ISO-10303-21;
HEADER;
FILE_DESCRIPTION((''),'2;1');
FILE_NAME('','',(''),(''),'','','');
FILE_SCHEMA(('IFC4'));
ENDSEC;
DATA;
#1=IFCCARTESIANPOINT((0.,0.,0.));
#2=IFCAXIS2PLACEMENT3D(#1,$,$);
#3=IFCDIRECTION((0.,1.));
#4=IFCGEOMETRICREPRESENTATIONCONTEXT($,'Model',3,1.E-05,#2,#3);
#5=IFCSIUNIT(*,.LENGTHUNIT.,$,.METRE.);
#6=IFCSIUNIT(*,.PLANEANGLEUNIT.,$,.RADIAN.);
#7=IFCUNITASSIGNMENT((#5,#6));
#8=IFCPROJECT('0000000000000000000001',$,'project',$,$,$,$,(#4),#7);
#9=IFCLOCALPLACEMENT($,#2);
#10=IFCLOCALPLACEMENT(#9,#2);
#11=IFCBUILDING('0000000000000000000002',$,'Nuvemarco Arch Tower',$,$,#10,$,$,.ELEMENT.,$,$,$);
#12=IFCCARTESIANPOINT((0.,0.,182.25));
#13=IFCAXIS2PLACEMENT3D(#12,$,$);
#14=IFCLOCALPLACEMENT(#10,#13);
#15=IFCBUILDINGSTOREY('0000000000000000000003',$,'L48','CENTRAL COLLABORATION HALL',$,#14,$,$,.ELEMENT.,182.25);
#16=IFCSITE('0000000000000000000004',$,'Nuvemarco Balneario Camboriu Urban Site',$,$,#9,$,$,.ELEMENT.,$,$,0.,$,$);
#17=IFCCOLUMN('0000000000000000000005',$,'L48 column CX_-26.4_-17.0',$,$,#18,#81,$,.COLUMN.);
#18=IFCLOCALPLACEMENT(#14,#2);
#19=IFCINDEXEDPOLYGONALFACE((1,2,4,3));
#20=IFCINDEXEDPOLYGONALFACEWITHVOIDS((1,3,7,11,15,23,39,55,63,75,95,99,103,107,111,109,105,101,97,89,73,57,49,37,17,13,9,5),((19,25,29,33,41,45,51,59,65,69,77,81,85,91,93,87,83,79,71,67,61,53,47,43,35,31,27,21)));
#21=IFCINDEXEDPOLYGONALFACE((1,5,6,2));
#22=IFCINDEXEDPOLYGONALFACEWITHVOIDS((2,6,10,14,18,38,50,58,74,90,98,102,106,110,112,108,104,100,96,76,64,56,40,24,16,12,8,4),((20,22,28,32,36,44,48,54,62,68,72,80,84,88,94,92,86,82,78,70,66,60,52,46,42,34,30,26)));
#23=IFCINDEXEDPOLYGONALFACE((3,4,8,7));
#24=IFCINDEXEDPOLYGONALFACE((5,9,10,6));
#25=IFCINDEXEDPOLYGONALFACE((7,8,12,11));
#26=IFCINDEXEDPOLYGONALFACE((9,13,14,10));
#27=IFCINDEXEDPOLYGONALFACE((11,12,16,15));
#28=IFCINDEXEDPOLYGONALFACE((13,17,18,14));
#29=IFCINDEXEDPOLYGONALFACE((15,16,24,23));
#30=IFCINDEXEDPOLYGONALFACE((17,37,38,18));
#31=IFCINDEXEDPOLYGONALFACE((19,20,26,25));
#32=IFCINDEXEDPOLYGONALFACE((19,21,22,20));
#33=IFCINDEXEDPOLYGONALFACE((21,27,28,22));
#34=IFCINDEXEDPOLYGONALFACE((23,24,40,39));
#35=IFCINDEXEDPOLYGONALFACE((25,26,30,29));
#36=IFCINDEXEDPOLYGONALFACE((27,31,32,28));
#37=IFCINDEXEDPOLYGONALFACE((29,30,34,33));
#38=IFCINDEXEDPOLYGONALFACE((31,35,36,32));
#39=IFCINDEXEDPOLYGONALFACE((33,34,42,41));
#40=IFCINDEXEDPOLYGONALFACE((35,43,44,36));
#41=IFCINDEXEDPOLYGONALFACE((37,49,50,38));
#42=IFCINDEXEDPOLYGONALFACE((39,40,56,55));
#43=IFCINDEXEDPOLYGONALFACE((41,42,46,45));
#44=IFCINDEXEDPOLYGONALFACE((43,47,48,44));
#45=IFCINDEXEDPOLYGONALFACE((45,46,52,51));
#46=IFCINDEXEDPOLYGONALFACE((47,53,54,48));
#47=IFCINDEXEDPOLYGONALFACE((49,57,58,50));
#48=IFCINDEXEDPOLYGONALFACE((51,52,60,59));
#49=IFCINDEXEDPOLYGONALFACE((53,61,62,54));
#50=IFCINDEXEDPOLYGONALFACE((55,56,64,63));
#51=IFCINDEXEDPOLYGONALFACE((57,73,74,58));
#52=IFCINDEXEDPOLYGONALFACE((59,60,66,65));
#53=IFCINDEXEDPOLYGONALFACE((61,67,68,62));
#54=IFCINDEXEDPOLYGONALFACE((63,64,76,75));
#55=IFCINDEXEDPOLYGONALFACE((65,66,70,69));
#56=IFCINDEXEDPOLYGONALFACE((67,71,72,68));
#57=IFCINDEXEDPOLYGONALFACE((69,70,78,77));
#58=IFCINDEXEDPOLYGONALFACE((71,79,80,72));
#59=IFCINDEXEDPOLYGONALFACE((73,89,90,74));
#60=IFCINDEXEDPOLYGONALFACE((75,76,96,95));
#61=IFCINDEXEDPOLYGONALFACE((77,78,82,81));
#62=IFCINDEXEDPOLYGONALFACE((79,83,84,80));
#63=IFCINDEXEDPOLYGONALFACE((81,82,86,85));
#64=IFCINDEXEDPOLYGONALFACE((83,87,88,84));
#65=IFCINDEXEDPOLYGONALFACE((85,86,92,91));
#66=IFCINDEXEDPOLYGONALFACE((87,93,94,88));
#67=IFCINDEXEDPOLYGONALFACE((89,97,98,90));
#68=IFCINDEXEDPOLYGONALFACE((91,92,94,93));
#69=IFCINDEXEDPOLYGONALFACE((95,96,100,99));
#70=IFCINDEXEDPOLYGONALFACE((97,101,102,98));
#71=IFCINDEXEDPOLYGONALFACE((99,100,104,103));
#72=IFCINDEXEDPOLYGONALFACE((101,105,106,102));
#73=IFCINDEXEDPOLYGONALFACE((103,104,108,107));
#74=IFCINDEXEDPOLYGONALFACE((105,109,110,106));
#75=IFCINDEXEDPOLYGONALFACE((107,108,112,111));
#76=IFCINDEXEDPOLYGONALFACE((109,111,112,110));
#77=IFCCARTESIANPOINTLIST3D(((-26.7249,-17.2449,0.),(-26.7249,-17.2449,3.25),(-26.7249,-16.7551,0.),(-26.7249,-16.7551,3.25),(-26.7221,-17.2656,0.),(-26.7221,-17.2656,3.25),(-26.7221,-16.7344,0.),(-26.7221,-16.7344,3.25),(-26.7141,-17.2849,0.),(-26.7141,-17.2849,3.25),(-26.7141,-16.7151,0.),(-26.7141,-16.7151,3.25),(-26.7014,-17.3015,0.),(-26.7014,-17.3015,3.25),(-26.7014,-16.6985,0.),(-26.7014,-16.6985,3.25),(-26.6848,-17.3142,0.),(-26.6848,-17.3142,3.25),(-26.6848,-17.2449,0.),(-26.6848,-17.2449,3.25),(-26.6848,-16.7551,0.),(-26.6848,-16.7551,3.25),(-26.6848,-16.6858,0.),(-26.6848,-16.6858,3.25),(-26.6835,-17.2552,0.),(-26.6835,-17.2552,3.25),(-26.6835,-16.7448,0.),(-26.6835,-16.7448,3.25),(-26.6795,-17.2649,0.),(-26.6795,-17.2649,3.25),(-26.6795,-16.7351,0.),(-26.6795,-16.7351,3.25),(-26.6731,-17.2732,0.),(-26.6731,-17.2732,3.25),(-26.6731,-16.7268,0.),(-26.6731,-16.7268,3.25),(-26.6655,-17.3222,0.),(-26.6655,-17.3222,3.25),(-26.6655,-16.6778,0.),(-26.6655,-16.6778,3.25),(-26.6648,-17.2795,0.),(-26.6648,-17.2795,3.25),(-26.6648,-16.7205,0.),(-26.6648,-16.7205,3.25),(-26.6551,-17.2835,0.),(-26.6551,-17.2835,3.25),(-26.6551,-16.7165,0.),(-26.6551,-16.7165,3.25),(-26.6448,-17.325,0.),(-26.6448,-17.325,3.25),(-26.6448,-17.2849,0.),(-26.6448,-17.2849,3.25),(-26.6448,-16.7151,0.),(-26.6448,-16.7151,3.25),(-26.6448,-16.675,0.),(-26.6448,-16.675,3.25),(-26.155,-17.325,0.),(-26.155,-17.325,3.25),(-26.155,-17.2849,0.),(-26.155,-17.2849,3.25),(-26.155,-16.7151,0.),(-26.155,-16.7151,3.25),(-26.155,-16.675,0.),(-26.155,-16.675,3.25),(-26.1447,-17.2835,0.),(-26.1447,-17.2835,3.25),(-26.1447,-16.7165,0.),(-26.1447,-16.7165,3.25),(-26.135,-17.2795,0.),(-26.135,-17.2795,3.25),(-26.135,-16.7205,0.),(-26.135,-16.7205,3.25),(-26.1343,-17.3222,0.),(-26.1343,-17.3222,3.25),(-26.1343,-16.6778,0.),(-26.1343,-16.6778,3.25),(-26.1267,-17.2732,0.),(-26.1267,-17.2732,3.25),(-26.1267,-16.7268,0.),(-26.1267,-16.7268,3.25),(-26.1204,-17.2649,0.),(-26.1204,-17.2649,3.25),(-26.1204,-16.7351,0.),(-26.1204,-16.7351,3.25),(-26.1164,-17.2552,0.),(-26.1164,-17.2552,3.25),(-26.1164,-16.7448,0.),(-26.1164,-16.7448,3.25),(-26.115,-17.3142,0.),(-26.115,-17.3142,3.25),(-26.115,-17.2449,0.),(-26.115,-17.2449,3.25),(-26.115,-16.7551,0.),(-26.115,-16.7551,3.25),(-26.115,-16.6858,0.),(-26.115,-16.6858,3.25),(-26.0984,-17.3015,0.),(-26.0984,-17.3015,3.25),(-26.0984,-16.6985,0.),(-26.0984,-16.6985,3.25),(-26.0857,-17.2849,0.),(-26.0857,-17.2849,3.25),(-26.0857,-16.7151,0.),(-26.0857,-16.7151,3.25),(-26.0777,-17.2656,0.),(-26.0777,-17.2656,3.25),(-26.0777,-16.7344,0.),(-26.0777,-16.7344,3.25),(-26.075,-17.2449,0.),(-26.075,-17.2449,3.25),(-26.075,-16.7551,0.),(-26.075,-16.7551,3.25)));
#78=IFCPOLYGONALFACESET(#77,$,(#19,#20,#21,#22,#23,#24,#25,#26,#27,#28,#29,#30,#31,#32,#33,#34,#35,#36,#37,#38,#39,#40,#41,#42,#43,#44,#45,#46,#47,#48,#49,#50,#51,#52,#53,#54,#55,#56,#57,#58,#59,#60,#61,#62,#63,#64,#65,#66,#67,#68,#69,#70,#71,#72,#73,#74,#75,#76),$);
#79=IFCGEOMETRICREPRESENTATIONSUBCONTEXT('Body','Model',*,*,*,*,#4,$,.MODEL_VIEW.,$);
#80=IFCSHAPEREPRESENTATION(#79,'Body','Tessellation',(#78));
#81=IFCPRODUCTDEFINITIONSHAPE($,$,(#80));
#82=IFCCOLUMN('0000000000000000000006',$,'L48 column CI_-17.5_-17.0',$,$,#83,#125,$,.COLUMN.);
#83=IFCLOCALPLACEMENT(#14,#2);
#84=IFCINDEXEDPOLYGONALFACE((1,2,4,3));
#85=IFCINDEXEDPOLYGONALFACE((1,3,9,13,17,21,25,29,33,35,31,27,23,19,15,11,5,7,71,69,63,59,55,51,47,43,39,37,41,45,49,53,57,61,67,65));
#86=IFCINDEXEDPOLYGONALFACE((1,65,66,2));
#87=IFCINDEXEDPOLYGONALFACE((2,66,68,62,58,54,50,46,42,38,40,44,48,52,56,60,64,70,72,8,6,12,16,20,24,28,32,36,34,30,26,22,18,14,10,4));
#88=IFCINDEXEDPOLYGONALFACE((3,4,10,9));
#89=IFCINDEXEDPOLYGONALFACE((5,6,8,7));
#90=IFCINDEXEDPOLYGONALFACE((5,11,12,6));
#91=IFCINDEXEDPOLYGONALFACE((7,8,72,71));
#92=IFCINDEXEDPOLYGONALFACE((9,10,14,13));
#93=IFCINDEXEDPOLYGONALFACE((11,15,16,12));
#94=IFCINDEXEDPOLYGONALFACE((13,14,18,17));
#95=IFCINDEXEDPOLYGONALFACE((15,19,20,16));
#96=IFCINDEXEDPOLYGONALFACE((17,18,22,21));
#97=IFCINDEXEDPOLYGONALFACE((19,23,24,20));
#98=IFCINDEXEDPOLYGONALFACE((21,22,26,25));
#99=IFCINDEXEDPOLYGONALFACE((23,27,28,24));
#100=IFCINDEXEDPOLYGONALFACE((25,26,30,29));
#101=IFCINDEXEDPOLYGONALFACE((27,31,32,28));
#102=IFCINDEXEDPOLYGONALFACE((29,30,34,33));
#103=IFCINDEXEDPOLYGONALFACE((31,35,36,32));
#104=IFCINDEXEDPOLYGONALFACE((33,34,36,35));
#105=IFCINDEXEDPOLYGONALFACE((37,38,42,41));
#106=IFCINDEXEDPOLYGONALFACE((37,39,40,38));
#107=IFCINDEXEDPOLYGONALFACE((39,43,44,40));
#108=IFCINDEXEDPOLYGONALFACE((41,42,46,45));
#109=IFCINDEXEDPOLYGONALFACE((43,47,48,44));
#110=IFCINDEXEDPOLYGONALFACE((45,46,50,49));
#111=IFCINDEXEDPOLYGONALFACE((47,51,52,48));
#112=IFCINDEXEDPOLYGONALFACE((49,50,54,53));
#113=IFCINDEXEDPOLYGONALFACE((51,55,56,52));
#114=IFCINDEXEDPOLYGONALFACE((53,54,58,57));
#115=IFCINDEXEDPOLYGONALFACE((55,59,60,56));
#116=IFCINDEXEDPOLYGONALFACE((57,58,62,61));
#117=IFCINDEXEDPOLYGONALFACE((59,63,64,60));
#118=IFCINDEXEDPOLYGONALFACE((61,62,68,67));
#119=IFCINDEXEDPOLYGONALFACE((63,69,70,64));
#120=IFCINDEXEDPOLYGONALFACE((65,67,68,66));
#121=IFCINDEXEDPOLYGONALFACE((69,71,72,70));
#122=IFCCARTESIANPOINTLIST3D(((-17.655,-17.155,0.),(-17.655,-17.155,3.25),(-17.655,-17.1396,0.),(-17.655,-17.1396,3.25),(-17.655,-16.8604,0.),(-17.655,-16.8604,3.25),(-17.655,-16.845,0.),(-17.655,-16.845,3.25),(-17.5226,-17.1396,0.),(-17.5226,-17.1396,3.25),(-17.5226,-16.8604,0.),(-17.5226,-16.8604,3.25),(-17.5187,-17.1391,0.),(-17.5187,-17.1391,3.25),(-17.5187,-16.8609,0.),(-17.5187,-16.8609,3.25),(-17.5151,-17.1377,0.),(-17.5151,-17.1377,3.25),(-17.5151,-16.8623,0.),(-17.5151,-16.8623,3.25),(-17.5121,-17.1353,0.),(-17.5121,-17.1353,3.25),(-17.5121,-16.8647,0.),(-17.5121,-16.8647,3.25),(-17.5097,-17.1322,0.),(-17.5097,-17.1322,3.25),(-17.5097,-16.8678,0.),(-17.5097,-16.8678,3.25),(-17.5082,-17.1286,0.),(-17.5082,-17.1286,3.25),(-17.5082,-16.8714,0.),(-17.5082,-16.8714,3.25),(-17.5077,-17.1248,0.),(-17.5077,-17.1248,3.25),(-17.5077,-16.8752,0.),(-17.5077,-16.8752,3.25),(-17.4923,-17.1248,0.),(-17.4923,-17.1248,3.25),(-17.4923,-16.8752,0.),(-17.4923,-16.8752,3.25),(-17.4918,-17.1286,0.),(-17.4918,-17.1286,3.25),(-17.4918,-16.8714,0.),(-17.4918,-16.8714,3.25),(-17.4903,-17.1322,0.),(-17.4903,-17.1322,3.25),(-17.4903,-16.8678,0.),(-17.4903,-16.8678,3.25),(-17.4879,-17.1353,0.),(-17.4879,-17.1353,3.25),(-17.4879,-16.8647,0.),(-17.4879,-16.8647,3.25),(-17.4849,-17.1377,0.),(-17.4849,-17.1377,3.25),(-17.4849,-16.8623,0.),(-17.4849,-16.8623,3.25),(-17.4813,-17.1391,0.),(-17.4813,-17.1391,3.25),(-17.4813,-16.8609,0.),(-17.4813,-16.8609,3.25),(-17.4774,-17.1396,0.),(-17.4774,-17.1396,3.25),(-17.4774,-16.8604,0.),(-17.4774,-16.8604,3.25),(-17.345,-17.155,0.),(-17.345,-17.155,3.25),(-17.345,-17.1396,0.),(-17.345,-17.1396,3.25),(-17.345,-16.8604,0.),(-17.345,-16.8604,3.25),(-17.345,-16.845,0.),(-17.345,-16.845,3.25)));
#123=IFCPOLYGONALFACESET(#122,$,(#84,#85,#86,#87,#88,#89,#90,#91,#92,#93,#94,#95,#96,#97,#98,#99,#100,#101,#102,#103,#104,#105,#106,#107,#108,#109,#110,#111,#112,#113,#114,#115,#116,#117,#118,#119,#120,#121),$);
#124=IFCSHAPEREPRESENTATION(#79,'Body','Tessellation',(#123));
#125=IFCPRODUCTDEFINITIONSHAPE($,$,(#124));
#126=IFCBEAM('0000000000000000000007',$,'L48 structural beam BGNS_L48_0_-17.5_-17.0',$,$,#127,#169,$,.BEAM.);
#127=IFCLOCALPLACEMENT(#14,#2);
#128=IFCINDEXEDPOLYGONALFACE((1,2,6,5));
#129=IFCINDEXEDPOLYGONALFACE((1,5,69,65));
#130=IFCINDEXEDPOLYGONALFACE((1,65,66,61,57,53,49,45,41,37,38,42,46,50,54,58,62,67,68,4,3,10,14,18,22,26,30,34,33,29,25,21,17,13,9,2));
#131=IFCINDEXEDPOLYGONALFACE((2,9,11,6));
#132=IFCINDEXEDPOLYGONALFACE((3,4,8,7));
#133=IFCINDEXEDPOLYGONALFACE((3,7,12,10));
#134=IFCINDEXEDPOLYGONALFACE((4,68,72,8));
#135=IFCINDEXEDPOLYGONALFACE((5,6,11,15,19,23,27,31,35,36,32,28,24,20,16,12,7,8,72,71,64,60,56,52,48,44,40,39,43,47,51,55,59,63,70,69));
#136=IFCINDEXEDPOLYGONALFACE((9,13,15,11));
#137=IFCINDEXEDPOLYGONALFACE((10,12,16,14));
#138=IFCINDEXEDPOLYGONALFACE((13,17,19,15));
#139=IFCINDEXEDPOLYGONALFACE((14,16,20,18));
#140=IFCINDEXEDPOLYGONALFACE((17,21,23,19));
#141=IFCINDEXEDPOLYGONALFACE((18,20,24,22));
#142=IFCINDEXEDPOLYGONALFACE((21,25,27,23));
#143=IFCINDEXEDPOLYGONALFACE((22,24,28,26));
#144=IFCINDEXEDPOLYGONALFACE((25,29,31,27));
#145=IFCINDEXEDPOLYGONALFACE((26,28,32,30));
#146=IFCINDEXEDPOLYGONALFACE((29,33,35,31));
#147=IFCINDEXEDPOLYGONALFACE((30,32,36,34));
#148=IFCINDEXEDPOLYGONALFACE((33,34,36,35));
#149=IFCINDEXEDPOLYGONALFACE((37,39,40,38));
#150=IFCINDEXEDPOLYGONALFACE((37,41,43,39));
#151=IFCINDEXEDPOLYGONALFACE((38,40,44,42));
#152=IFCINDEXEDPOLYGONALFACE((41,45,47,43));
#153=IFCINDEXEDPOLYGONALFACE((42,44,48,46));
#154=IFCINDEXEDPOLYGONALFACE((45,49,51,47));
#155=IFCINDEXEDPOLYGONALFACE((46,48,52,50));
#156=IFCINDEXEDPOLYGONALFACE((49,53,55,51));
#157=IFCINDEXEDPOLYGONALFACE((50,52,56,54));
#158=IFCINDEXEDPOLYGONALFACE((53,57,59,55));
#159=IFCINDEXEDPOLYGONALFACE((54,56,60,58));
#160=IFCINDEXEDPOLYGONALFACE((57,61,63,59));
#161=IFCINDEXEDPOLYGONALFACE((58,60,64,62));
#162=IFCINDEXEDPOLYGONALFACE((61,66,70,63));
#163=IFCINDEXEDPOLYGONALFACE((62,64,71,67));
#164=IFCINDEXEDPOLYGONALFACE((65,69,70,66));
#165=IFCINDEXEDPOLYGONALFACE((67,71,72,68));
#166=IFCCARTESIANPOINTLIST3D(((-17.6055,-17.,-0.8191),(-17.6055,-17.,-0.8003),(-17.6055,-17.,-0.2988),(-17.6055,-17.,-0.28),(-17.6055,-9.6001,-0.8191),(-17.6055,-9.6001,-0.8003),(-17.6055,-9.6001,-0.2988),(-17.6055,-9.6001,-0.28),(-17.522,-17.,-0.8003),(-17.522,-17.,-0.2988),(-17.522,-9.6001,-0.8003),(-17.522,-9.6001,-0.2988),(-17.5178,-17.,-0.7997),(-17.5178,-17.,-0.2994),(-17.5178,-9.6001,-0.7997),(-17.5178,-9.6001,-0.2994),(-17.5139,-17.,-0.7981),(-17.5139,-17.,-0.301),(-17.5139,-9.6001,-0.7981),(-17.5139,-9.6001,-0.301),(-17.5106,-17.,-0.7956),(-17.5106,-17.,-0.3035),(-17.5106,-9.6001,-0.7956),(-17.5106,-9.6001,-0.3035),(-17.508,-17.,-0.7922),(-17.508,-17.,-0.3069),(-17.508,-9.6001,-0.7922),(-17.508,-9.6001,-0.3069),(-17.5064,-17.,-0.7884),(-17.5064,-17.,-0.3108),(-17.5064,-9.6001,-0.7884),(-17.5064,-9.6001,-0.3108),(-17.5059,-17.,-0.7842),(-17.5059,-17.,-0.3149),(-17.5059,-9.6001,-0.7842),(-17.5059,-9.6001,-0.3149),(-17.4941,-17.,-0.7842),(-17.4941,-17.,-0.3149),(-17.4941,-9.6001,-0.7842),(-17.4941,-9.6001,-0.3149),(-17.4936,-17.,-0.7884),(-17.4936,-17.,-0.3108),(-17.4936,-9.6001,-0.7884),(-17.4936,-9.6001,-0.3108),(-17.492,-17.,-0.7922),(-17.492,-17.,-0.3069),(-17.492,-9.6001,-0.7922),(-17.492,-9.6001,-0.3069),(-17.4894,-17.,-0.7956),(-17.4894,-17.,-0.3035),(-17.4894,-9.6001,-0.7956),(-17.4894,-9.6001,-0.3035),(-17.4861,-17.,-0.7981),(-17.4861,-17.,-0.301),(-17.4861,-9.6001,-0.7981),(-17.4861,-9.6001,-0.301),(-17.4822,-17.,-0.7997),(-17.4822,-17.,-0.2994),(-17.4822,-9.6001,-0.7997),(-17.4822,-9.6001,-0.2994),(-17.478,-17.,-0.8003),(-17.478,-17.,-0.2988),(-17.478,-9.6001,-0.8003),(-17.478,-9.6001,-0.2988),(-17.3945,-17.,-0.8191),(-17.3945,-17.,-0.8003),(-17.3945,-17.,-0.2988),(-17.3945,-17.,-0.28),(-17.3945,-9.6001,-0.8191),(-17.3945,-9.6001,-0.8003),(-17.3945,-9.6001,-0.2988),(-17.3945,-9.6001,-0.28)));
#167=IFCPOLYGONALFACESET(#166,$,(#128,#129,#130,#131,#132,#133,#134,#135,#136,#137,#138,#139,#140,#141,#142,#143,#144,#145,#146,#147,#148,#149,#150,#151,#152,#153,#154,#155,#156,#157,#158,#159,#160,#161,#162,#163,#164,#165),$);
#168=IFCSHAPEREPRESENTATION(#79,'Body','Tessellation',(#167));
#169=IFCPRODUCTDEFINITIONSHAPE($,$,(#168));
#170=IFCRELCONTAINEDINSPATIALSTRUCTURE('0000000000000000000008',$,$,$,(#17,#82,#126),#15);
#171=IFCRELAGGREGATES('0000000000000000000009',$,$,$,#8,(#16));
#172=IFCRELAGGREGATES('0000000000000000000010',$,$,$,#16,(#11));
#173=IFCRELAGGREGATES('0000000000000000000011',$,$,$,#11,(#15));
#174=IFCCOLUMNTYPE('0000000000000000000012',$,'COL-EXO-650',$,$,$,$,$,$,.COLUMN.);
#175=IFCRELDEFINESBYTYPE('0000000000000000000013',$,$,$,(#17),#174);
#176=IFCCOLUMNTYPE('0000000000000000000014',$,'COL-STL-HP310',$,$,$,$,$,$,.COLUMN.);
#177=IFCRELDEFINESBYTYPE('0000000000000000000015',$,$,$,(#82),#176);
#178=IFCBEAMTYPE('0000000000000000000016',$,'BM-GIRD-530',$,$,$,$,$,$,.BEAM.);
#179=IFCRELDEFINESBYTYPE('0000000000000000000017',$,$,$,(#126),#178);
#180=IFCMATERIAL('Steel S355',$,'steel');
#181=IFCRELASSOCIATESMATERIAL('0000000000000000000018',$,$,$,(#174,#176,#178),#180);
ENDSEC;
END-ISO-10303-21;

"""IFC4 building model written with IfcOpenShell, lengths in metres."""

from ifc_helpers import new_model, si_unit, direction, frame, origin, origin_2d, place, context, subcontext, project, spatial, hollow_rectangle, i_section, extrude, material, material_profile, profile_set, type_object, element, save


model = new_model("IFC4")

# Units and contexts
model_context = context("Model", 3, precision=1e-05, world=origin(), true_north=direction((0.0, 1.0)))
body_context = subcontext(model_context, "Body", "Model", "MODEL_VIEW")
ifc_project = project(units=[si_unit("LENGTHUNIT", "METRE"), si_unit("PLANEANGLEUNIT", "RADIAN")], contexts=[model_context])

# Site, building, storey
site_placement = place(None, origin())
site = spatial("IfcSite", under=ifc_project, at=site_placement, Name="Nuvemarco Balneario Camboriu Urban Site", CompositionType="ELEMENT", RefElevation=0.0)
building_placement = place(site_placement, origin())
building = spatial("IfcBuilding", under=site, at=building_placement, Name="Nuvemarco Arch Tower", CompositionType="ELEMENT")
storey_placement = place(building_placement, frame((0.0, 0.0, 182.25)))
storey = spatial("IfcBuildingStorey", under=building, at=storey_placement, Name="L48", Description="CENTRAL COLLABORATION HALL", CompositionType="ELEMENT", Elevation=182.25)

# Columns
ifc_material_1 = material(Name="Steel S355", Category="steel")
ifc_material_profile_1 = material_profile(ifc_material_1, hollow_rectangle(XDim=0.6499, YDim=0.6499, WallThickness=0.04, InnerFilletRadius=0.04, OuterFilletRadius=0.0801, at=origin_2d()), Name="SHS650x650x40")
ifc_profile_set_1 = profile_set([ifc_material_profile_1], Name="Steel S355")
column_type_1 = type_object("IfcColumnType", Name="COL-EXO-650", PredefinedType="COLUMN", material=ifc_profile_set_1)
column_1_placement = place(storey_placement, frame((-26.3999, -17.0, 0.0), z_axis=(0.0, 0.0, 1.0), x_axis=(1.0, 0.0, 0.0)))
element("IfcColumn", 1, at=column_1_placement, inside=storey, type_object=column_type_1, Name="L48 column CX_-26.4_-17.0", PredefinedType="COLUMN", context=body_context, shape_type="SweptSolid", body=[
    extrude(hollow_rectangle(XDim=0.6499, YDim=0.6499, WallThickness=0.04, InnerFilletRadius=0.04, OuterFilletRadius=0.0801, at=origin_2d()), origin(), (0.0, 0.0, 1.0), 3.25),
])
ifc_material_profile_2 = material_profile(ifc_material_1, i_section(OverallWidth=0.3101, OverallDepth=0.3101, WebThickness=0.0154, FlangeThickness=0.0154, FilletRadius=0.0149, at=origin_2d()), Name="HP310x110")
ifc_profile_set_2 = profile_set([ifc_material_profile_2], Name="Steel S355")
column_type_2 = type_object("IfcColumnType", Name="COL-STL-HP310", PredefinedType="COLUMN", material=ifc_profile_set_2)
column_2_placement = place(storey_placement, frame((-17.5, -17.0, 0.0), z_axis=(0.0, 0.0, 1.0), x_axis=(1.0, 0.0, 0.0)))
element("IfcColumn", 2, at=column_2_placement, inside=storey, type_object=column_type_2, Name="L48 column CI_-17.5_-17.0", PredefinedType="COLUMN", context=body_context, shape_type="SweptSolid", body=[
    extrude(i_section(OverallWidth=0.3101, OverallDepth=0.3101, WebThickness=0.0154, FlangeThickness=0.0154, FilletRadius=0.0149, at=origin_2d()), origin(), (0.0, 0.0, 1.0), 3.25),
])

# Beam
ifc_material_profile_3 = material_profile(ifc_material_1, i_section(OverallWidth=0.2109, OverallDepth=0.5391, WebThickness=0.0117, FlangeThickness=0.0188, FilletRadius=0.0161, at=origin_2d()), Name="W530x109")
ifc_profile_set_3 = profile_set([ifc_material_profile_3], Name="Steel S355")
beam_type_1 = type_object("IfcBeamType", Name="BM-GIRD-530", PredefinedType="BEAM", material=ifc_profile_set_3)
beam_1_placement = place(storey_placement, frame((-17.5, -17.0, -0.5496), z_axis=(0.0, 1.0, 0.0), x_axis=(-1.0, 0.0, 0.0)))
element("IfcBeam", 3, at=beam_1_placement, inside=storey, type_object=beam_type_1, Name="L48 structural beam BGNS_L48_0_-17.5_-17.0", PredefinedType="BEAM", context=body_context, shape_type="SweptSolid", body=[
    extrude(i_section(OverallWidth=0.2109, OverallDepth=0.5391, WebThickness=0.0117, FlangeThickness=0.0188, FilletRadius=0.0161, at=origin_2d()), origin(), (0.0, 0.0, 1.0), 7.3999),
])

save(model, "model.ifc")
